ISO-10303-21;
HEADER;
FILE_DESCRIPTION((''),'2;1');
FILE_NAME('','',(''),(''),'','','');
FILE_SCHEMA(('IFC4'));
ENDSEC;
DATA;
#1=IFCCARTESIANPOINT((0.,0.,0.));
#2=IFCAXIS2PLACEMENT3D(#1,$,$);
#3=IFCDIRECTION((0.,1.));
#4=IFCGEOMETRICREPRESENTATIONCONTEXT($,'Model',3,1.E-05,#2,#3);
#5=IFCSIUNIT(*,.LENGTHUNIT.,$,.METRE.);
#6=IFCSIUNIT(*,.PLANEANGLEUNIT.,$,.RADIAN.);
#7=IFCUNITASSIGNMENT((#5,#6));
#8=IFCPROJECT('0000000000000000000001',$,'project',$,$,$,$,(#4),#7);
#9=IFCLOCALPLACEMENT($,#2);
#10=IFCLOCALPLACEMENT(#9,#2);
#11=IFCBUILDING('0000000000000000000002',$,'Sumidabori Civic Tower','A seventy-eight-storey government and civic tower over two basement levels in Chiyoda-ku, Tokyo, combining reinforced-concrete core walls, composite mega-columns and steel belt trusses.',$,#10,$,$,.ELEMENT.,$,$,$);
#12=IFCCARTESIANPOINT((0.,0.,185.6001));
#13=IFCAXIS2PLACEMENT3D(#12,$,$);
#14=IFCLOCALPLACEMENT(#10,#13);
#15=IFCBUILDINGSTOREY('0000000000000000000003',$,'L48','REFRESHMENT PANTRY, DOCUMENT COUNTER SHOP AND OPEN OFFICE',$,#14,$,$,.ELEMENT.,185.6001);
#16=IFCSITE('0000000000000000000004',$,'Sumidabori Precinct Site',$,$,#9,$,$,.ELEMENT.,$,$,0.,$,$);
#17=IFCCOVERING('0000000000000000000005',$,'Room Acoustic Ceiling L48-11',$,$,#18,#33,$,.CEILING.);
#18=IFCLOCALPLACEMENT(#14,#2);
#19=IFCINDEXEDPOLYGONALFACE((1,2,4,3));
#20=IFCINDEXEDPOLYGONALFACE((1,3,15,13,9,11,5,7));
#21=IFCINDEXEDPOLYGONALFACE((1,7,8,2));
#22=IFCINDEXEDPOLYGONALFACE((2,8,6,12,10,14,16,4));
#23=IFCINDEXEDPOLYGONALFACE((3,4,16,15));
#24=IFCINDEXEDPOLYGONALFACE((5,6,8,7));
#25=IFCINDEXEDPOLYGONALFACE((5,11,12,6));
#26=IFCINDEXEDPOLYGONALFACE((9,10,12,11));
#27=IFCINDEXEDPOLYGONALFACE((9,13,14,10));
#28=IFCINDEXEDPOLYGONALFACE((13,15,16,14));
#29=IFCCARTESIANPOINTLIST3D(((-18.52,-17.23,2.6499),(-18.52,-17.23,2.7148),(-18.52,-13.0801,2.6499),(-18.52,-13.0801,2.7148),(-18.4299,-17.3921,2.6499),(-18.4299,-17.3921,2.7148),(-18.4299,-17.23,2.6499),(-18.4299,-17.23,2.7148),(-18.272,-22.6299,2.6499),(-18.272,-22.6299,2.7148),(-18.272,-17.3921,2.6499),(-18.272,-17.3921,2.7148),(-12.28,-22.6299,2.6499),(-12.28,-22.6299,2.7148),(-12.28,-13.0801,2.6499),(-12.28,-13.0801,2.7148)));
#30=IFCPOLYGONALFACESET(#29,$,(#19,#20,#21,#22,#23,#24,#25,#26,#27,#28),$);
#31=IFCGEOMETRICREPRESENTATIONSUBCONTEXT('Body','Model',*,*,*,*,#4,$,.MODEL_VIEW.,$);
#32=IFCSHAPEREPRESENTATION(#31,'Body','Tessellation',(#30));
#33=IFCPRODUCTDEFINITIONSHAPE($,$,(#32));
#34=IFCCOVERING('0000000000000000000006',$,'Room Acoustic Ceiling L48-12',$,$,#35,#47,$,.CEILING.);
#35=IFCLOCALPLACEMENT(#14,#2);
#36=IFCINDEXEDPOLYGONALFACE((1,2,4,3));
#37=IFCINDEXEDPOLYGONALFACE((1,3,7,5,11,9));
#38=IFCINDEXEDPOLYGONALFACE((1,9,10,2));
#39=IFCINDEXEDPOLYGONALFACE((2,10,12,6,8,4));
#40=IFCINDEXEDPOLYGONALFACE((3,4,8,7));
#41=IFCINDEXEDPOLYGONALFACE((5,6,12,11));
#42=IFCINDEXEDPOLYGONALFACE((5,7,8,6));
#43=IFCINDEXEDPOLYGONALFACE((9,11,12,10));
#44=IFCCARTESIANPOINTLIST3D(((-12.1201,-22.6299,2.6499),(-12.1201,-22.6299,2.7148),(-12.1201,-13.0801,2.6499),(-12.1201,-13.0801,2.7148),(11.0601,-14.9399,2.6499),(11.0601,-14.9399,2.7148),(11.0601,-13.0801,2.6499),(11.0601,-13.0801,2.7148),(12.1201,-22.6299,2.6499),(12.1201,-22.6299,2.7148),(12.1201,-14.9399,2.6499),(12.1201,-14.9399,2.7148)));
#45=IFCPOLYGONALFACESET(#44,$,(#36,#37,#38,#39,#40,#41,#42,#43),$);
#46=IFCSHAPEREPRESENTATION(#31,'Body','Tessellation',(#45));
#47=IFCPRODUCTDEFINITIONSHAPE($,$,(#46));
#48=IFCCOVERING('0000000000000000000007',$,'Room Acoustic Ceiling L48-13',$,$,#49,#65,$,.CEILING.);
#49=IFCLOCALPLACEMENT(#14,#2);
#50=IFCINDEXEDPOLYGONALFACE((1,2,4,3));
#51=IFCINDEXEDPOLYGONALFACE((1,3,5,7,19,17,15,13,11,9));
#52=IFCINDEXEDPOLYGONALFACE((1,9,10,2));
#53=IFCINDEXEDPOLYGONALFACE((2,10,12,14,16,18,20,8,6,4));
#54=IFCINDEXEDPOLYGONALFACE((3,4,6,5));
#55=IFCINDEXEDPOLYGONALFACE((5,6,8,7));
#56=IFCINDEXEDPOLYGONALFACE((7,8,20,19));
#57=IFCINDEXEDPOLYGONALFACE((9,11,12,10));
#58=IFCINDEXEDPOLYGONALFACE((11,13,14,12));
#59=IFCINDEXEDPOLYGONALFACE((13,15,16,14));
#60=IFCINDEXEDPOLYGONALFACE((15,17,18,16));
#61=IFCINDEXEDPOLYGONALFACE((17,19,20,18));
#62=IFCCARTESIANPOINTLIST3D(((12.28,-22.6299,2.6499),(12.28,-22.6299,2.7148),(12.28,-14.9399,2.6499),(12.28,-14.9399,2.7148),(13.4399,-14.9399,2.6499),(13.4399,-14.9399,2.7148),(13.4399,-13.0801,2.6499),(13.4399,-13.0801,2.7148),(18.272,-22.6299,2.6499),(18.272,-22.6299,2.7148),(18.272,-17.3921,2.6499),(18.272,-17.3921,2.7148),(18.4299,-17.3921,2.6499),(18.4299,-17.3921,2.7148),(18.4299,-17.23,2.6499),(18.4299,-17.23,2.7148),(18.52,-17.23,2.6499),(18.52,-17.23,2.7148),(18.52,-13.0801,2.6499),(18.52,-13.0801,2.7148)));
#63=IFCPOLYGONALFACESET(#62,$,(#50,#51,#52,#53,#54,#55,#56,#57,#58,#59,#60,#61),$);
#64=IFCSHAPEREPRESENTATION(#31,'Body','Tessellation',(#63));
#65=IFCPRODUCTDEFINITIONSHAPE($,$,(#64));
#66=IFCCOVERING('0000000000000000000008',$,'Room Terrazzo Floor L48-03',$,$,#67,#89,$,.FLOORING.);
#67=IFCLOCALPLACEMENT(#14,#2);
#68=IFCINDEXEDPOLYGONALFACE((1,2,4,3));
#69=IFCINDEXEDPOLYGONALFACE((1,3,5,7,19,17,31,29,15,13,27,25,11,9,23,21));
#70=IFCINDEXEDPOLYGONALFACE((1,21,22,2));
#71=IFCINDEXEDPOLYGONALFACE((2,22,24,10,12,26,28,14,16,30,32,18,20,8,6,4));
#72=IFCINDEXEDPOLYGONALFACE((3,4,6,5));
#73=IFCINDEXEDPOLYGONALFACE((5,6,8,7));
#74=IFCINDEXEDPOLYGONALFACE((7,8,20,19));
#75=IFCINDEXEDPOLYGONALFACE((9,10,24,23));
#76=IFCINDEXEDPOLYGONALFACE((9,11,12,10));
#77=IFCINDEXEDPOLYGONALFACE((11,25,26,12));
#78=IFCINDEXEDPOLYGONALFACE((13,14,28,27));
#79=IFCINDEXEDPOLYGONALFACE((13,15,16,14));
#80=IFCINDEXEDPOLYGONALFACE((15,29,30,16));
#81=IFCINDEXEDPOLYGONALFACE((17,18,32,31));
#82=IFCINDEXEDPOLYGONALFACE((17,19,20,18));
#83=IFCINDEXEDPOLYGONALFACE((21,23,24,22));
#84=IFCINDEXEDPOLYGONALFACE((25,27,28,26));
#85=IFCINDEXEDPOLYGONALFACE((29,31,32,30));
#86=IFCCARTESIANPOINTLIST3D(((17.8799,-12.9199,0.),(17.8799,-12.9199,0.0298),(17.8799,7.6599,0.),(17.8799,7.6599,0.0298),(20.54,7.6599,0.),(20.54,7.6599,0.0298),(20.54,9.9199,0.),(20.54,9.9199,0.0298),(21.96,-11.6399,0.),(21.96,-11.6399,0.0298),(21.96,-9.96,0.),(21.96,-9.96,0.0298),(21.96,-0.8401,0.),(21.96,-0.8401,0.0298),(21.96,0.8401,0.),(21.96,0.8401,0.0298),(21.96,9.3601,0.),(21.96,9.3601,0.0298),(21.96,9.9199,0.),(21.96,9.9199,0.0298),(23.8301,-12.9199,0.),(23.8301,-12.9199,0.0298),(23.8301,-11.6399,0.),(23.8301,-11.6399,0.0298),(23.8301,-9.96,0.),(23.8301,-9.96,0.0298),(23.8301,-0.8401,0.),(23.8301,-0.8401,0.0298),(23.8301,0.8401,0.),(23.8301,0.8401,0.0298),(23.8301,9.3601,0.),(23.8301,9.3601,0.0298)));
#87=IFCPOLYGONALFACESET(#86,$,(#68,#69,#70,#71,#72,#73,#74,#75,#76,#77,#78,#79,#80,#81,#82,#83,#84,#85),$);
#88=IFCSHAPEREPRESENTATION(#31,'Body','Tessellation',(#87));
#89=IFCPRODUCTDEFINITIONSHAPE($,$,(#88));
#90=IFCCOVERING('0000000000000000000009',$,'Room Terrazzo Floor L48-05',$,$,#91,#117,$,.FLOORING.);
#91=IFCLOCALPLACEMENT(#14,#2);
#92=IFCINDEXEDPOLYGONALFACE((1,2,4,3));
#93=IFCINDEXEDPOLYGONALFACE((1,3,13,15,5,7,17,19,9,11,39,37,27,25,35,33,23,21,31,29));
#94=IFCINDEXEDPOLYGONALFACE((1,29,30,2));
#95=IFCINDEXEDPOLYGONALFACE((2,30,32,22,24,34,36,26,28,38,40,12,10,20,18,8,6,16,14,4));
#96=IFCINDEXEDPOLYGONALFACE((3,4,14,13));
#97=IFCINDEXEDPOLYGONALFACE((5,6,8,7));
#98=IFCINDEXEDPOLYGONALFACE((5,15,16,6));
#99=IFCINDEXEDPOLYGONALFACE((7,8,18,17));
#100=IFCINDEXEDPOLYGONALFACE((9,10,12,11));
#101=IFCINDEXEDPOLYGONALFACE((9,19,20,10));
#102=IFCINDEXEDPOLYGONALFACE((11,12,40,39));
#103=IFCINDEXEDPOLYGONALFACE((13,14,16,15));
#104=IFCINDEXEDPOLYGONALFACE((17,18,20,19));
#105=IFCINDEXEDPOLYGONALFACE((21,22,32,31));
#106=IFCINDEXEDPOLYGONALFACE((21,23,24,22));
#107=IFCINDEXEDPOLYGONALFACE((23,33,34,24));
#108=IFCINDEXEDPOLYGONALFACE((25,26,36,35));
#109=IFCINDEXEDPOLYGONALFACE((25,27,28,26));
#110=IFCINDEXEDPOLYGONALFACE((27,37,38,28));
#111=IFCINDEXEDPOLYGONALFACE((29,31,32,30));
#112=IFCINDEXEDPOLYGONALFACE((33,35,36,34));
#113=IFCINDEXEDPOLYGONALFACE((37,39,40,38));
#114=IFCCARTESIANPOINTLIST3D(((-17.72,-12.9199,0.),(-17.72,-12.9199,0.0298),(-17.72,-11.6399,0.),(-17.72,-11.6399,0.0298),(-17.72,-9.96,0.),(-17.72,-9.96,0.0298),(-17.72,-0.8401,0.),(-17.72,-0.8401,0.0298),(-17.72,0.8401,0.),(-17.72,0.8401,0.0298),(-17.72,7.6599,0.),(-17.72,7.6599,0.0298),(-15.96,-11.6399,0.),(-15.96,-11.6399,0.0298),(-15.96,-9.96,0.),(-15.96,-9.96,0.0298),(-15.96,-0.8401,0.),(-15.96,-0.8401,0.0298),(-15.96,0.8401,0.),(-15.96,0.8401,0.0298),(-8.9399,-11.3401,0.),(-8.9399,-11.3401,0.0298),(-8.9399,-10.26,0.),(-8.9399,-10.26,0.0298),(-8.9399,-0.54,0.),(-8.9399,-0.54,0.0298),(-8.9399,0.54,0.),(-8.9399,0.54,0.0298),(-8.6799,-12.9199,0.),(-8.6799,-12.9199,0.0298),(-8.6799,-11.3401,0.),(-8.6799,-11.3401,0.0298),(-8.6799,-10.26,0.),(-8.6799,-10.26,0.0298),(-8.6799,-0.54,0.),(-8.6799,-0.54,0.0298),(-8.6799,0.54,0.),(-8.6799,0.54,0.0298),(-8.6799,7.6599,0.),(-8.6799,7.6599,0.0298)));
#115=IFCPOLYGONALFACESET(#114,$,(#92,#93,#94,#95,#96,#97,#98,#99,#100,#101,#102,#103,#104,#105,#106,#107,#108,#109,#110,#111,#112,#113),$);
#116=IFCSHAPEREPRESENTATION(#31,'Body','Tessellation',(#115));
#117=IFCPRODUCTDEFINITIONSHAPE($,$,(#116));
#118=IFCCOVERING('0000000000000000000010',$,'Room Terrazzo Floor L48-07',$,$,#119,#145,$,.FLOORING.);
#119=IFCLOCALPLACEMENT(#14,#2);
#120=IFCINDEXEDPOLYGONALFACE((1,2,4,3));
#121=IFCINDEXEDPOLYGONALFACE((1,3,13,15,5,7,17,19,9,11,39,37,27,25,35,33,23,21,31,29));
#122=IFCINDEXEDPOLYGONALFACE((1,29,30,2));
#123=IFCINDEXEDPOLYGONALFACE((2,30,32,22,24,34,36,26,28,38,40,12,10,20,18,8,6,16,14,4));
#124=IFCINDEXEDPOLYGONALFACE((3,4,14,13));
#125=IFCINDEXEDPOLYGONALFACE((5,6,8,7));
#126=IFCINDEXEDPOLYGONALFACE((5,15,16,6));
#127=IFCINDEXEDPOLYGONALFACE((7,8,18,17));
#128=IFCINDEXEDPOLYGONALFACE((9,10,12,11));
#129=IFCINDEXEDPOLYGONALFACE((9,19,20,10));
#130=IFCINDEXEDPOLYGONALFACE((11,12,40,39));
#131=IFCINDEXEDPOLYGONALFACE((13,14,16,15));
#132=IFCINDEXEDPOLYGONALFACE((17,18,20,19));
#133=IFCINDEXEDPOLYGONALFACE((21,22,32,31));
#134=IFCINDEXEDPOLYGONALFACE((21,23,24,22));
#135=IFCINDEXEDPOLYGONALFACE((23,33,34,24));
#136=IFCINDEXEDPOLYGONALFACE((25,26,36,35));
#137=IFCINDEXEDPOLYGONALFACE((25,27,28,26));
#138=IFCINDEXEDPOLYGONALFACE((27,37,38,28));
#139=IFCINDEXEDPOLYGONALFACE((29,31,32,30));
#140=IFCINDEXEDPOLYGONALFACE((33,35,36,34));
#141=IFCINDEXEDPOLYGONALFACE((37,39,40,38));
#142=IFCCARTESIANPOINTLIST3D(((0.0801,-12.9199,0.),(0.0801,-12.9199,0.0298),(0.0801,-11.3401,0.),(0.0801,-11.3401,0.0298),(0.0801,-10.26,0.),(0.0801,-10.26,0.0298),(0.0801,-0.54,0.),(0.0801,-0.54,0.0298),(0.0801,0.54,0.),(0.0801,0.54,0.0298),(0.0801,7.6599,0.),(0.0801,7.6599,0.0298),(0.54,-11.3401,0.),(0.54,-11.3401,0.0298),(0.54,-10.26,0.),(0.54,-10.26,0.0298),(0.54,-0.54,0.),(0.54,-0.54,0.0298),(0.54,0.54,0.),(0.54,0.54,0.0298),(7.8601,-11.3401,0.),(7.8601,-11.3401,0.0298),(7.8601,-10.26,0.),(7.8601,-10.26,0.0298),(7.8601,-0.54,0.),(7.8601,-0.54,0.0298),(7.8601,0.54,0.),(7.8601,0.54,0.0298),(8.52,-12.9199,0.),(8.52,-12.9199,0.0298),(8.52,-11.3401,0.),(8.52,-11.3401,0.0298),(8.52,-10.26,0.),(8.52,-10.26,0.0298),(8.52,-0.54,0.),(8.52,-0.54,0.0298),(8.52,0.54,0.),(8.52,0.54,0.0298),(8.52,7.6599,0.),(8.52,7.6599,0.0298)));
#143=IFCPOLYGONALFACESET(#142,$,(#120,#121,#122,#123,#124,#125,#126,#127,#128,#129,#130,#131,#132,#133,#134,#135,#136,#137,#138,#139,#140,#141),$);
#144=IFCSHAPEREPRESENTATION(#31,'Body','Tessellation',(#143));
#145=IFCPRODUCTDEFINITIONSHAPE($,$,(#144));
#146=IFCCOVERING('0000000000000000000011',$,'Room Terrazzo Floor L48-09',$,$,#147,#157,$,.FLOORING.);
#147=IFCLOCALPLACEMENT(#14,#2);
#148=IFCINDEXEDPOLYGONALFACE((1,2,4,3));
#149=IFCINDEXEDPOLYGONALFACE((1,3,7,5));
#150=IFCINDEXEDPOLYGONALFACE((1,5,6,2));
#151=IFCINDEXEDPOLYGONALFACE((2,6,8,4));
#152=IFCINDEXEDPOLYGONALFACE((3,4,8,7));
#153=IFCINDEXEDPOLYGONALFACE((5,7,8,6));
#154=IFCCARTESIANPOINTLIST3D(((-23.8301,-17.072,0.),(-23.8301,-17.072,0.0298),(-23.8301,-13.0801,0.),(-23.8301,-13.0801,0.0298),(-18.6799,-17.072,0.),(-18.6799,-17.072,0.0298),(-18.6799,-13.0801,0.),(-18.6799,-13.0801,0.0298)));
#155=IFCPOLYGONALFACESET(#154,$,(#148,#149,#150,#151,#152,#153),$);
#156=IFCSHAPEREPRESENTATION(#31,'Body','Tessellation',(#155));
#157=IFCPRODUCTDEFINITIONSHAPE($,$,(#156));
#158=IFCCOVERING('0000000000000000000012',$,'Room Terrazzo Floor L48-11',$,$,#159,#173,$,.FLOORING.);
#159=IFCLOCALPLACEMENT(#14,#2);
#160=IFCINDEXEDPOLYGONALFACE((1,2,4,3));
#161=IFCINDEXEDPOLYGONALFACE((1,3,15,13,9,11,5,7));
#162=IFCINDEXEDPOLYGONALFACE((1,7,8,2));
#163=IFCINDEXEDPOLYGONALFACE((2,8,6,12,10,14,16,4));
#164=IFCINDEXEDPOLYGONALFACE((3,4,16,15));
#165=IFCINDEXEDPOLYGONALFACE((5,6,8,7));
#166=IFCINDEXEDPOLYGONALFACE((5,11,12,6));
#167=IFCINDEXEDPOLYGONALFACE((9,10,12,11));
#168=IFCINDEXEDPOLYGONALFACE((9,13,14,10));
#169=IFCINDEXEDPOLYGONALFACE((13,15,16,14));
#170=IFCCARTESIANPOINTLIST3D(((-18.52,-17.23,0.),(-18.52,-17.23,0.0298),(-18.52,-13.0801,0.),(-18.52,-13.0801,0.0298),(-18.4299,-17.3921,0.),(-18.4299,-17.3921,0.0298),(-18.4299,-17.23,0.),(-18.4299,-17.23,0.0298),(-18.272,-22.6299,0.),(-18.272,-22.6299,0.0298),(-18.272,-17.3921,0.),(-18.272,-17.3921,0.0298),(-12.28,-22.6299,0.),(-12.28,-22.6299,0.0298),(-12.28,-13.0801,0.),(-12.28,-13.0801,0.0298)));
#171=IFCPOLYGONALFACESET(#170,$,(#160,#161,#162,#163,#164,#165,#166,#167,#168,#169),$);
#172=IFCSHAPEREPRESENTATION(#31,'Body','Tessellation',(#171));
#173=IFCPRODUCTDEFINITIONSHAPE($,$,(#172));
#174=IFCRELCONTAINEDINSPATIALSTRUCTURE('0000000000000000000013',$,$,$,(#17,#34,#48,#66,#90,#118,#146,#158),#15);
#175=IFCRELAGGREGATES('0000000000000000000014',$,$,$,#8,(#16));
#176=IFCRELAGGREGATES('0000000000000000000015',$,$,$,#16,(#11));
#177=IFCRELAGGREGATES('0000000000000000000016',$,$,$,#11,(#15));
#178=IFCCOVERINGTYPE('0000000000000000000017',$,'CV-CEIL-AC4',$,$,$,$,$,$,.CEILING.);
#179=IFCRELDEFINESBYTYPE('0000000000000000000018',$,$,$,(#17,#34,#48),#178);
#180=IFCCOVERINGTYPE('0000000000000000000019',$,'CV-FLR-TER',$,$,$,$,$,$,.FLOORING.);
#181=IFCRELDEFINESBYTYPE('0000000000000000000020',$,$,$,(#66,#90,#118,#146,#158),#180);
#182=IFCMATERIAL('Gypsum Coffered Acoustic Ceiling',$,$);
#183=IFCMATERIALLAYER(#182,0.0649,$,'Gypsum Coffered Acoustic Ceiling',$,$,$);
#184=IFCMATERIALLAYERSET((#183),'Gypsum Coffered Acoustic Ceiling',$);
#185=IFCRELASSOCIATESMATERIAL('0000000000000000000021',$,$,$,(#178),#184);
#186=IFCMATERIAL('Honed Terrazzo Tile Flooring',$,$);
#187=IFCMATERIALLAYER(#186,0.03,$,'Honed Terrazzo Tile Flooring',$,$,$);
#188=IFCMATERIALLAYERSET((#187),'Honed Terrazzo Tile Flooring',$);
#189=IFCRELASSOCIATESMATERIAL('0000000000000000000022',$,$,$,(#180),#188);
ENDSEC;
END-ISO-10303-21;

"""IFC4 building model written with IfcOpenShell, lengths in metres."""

from ifc_helpers import new_model, si_unit, direction, frame, origin, place, context, subcontext, project, spatial, polyline, outline, extrude, material, layer, layer_set, type_object, element, save


model = new_model("IFC4")

# Units and contexts
model_context = context("Model", 3, precision=1e-05, world=origin(), true_north=direction((0.0, 1.0)))
body_context = subcontext(model_context, "Body", "Model", "MODEL_VIEW")
ifc_project = project(units=[si_unit("LENGTHUNIT", "METRE"), si_unit("PLANEANGLEUNIT", "RADIAN")], contexts=[model_context])

# Site, building, storey
site_placement = place(None, origin())
site = spatial("IfcSite", under=ifc_project, at=site_placement, Name="Sumidabori Precinct Site", CompositionType="ELEMENT", RefElevation=0.0)
building_placement = place(site_placement, origin())
building = spatial("IfcBuilding", under=site, at=building_placement, Name="Sumidabori Civic Tower", Description="A seventy-eight-storey government and civic tower over two basement levels in Chiyoda-ku, Tokyo, combining reinforced-concrete core walls, composite mega-columns and steel belt trusses.", CompositionType="ELEMENT")
storey_placement = place(building_placement, frame((0.0, 0.0, 185.6001)))
storey = spatial("IfcBuildingStorey", under=building, at=storey_placement, Name="L48", Description="REFRESHMENT PANTRY, DOCUMENT COUNTER SHOP AND OPEN OFFICE", CompositionType="ELEMENT", Elevation=185.6001)

# Coverings
ifc_material_1 = material(Name="Gypsum Coffered Acoustic Ceiling")
ifc_layer_1 = layer(ifc_material_1, 0.0649, Name="Gypsum Coffered Acoustic Ceiling")
ifc_layer_set_1 = layer_set([ifc_layer_1], Name="Gypsum Coffered Acoustic Ceiling")
covering_type_1 = type_object("IfcCoveringType", Name="CV-CEIL-AC4", PredefinedType="CEILING", material=ifc_layer_set_1)
covering_1_placement = place(storey_placement, frame((0.0, 0.0, 2.6499)))
element("IfcCovering", 1, at=covering_1_placement, inside=storey, type_object=covering_type_1, Name="Room Acoustic Ceiling L48-11", PredefinedType="CEILING", context=body_context, shape_type="SweptSolid", body=[
    extrude(outline(polyline([(-18.52, -17.23), (-18.52, -13.0801), (-12.28, -13.0801), (-12.28, -22.6299), (-18.272, -22.6299), (-18.272, -17.3921), (-18.4299, -17.3921), (-18.4299, -17.23), (-18.52, -17.23)])), origin(), (0.0, 0.0, 1.0), 0.0649),
])
covering_2_placement = place(storey_placement, frame((0.0, 0.0, 2.6499)))
element("IfcCovering", 2, at=covering_2_placement, inside=storey, type_object=covering_type_1, Name="Room Acoustic Ceiling L48-12", PredefinedType="CEILING", context=body_context, shape_type="SweptSolid", body=[
    extrude(outline(polyline([(-12.1201, -22.6299), (-12.1201, -13.0801), (11.0601, -13.0801), (11.0601, -14.9399), (12.1201, -14.9399), (12.1201, -22.6299), (-12.1201, -22.6299)])), origin(), (0.0, 0.0, 1.0), 0.0649),
])
covering_3_placement = place(storey_placement, frame((0.0, 0.0, 2.6499)))
element("IfcCovering", 3, at=covering_3_placement, inside=storey, type_object=covering_type_1, Name="Room Acoustic Ceiling L48-13", PredefinedType="CEILING", context=body_context, shape_type="SweptSolid", body=[
    extrude(outline(polyline([(18.52, -13.0801), (18.52, -17.23), (18.4299, -17.23), (18.4299, -17.3921), (18.272, -17.3921), (18.272, -22.6299), (12.28, -22.6299), (12.28, -14.9399), (13.4399, -14.9399), (13.4399, -13.0801), (18.52, -13.0801)])), origin(), (0.0, 0.0, 1.0), 0.0649),
])
ifc_material_2 = material(Name="Honed Terrazzo Tile Flooring")
ifc_layer_2 = layer(ifc_material_2, 0.03, Name="Honed Terrazzo Tile Flooring")
ifc_layer_set_2 = layer_set([ifc_layer_2], Name="Honed Terrazzo Tile Flooring")
covering_type_2 = type_object("IfcCoveringType", Name="CV-FLR-TER", PredefinedType="FLOORING", material=ifc_layer_set_2)
covering_4_placement = place(storey_placement, origin())
element("IfcCovering", 4, at=covering_4_placement, inside=storey, type_object=covering_type_2, Name="Room Terrazzo Floor L48-03", PredefinedType="FLOORING", context=body_context, shape_type="SweptSolid", body=[
    extrude(outline(polyline([(23.8301, 0.8401), (21.96, 0.8401), (21.96, -0.8401), (23.8301, -0.8401), (23.8301, -9.96), (21.96, -9.96), (21.96, -11.6399), (23.8301, -11.6399), (23.8301, -12.9199), (17.8799, -12.9199), (17.8799, 7.6599), (20.54, 7.6599), (20.54, 9.9199), (21.96, 9.9199), (21.96, 9.3601), (23.8301, 9.3601), (23.8301, 0.8401)])), origin(), (0.0, 0.0, 1.0), 0.0298),
])
covering_5_placement = place(storey_placement, origin())
element("IfcCovering", 5, at=covering_5_placement, inside=storey, type_object=covering_type_2, Name="Room Terrazzo Floor L48-05", PredefinedType="FLOORING", context=body_context, shape_type="SweptSolid", body=[
    extrude(outline(polyline([(-17.72, -11.6399), (-15.96, -11.6399), (-15.96, -9.96), (-17.72, -9.96), (-17.72, -0.8401), (-15.96, -0.8401), (-15.96, 0.8401), (-17.72, 0.8401), (-17.72, 7.6599), (-8.6799, 7.6599), (-8.6799, 0.54), (-8.9399, 0.54), (-8.9399, -0.54), (-8.6799, -0.54), (-8.6799, -10.26), (-8.9399, -10.26), (-8.9399, -11.3401), (-8.6799, -11.3401), (-8.6799, -12.9199), (-17.72, -12.9199), (-17.72, -11.6399)])), origin(), (0.0, 0.0, 1.0), 0.0298),
])
covering_6_placement = place(storey_placement, origin())
element("IfcCovering", 6, at=covering_6_placement, inside=storey, type_object=covering_type_2, Name="Room Terrazzo Floor L48-07", PredefinedType="FLOORING", context=body_context, shape_type="SweptSolid", body=[
    extrude(outline(polyline([(0.0801, -12.9199), (0.0801, -11.3401), (0.54, -11.3401), (0.54, -10.26), (0.0801, -10.26), (0.0801, -0.54), (0.54, -0.54), (0.54, 0.54), (0.0801, 0.54), (0.0801, 7.6599), (8.52, 7.6599), (8.52, 0.54), (7.8601, 0.54), (7.8601, -0.54), (8.52, -0.54), (8.52, -10.26), (7.8601, -10.26), (7.8601, -11.3401), (8.52, -11.3401), (8.52, -12.9199), (0.0801, -12.9199)])), origin(), (0.0, 0.0, 1.0), 0.0298),
])
covering_7_placement = place(storey_placement, origin())
element("IfcCovering", 7, at=covering_7_placement, inside=storey, type_object=covering_type_2, Name="Room Terrazzo Floor L48-09", PredefinedType="FLOORING", context=body_context, shape_type="SweptSolid", body=[
    extrude(outline(polyline([(-23.8301, -17.072), (-23.8301, -13.0801), (-18.6799, -13.0801), (-18.6799, -17.072), (-23.8301, -17.072)])), origin(), (0.0, 0.0, 1.0), 0.0298),
])
covering_8_placement = place(storey_placement, origin())
element("IfcCovering", 8, at=covering_8_placement, inside=storey, type_object=covering_type_2, Name="Room Terrazzo Floor L48-11", PredefinedType="FLOORING", context=body_context, shape_type="SweptSolid", body=[
    extrude(outline(polyline([(-18.52, -17.23), (-18.52, -13.0801), (-12.28, -13.0801), (-12.28, -22.6299), (-18.272, -22.6299), (-18.272, -17.3921), (-18.4299, -17.3921), (-18.4299, -17.23), (-18.52, -17.23)])), origin(), (0.0, 0.0, 1.0), 0.0298),
])

save(model, "model.ifc")
